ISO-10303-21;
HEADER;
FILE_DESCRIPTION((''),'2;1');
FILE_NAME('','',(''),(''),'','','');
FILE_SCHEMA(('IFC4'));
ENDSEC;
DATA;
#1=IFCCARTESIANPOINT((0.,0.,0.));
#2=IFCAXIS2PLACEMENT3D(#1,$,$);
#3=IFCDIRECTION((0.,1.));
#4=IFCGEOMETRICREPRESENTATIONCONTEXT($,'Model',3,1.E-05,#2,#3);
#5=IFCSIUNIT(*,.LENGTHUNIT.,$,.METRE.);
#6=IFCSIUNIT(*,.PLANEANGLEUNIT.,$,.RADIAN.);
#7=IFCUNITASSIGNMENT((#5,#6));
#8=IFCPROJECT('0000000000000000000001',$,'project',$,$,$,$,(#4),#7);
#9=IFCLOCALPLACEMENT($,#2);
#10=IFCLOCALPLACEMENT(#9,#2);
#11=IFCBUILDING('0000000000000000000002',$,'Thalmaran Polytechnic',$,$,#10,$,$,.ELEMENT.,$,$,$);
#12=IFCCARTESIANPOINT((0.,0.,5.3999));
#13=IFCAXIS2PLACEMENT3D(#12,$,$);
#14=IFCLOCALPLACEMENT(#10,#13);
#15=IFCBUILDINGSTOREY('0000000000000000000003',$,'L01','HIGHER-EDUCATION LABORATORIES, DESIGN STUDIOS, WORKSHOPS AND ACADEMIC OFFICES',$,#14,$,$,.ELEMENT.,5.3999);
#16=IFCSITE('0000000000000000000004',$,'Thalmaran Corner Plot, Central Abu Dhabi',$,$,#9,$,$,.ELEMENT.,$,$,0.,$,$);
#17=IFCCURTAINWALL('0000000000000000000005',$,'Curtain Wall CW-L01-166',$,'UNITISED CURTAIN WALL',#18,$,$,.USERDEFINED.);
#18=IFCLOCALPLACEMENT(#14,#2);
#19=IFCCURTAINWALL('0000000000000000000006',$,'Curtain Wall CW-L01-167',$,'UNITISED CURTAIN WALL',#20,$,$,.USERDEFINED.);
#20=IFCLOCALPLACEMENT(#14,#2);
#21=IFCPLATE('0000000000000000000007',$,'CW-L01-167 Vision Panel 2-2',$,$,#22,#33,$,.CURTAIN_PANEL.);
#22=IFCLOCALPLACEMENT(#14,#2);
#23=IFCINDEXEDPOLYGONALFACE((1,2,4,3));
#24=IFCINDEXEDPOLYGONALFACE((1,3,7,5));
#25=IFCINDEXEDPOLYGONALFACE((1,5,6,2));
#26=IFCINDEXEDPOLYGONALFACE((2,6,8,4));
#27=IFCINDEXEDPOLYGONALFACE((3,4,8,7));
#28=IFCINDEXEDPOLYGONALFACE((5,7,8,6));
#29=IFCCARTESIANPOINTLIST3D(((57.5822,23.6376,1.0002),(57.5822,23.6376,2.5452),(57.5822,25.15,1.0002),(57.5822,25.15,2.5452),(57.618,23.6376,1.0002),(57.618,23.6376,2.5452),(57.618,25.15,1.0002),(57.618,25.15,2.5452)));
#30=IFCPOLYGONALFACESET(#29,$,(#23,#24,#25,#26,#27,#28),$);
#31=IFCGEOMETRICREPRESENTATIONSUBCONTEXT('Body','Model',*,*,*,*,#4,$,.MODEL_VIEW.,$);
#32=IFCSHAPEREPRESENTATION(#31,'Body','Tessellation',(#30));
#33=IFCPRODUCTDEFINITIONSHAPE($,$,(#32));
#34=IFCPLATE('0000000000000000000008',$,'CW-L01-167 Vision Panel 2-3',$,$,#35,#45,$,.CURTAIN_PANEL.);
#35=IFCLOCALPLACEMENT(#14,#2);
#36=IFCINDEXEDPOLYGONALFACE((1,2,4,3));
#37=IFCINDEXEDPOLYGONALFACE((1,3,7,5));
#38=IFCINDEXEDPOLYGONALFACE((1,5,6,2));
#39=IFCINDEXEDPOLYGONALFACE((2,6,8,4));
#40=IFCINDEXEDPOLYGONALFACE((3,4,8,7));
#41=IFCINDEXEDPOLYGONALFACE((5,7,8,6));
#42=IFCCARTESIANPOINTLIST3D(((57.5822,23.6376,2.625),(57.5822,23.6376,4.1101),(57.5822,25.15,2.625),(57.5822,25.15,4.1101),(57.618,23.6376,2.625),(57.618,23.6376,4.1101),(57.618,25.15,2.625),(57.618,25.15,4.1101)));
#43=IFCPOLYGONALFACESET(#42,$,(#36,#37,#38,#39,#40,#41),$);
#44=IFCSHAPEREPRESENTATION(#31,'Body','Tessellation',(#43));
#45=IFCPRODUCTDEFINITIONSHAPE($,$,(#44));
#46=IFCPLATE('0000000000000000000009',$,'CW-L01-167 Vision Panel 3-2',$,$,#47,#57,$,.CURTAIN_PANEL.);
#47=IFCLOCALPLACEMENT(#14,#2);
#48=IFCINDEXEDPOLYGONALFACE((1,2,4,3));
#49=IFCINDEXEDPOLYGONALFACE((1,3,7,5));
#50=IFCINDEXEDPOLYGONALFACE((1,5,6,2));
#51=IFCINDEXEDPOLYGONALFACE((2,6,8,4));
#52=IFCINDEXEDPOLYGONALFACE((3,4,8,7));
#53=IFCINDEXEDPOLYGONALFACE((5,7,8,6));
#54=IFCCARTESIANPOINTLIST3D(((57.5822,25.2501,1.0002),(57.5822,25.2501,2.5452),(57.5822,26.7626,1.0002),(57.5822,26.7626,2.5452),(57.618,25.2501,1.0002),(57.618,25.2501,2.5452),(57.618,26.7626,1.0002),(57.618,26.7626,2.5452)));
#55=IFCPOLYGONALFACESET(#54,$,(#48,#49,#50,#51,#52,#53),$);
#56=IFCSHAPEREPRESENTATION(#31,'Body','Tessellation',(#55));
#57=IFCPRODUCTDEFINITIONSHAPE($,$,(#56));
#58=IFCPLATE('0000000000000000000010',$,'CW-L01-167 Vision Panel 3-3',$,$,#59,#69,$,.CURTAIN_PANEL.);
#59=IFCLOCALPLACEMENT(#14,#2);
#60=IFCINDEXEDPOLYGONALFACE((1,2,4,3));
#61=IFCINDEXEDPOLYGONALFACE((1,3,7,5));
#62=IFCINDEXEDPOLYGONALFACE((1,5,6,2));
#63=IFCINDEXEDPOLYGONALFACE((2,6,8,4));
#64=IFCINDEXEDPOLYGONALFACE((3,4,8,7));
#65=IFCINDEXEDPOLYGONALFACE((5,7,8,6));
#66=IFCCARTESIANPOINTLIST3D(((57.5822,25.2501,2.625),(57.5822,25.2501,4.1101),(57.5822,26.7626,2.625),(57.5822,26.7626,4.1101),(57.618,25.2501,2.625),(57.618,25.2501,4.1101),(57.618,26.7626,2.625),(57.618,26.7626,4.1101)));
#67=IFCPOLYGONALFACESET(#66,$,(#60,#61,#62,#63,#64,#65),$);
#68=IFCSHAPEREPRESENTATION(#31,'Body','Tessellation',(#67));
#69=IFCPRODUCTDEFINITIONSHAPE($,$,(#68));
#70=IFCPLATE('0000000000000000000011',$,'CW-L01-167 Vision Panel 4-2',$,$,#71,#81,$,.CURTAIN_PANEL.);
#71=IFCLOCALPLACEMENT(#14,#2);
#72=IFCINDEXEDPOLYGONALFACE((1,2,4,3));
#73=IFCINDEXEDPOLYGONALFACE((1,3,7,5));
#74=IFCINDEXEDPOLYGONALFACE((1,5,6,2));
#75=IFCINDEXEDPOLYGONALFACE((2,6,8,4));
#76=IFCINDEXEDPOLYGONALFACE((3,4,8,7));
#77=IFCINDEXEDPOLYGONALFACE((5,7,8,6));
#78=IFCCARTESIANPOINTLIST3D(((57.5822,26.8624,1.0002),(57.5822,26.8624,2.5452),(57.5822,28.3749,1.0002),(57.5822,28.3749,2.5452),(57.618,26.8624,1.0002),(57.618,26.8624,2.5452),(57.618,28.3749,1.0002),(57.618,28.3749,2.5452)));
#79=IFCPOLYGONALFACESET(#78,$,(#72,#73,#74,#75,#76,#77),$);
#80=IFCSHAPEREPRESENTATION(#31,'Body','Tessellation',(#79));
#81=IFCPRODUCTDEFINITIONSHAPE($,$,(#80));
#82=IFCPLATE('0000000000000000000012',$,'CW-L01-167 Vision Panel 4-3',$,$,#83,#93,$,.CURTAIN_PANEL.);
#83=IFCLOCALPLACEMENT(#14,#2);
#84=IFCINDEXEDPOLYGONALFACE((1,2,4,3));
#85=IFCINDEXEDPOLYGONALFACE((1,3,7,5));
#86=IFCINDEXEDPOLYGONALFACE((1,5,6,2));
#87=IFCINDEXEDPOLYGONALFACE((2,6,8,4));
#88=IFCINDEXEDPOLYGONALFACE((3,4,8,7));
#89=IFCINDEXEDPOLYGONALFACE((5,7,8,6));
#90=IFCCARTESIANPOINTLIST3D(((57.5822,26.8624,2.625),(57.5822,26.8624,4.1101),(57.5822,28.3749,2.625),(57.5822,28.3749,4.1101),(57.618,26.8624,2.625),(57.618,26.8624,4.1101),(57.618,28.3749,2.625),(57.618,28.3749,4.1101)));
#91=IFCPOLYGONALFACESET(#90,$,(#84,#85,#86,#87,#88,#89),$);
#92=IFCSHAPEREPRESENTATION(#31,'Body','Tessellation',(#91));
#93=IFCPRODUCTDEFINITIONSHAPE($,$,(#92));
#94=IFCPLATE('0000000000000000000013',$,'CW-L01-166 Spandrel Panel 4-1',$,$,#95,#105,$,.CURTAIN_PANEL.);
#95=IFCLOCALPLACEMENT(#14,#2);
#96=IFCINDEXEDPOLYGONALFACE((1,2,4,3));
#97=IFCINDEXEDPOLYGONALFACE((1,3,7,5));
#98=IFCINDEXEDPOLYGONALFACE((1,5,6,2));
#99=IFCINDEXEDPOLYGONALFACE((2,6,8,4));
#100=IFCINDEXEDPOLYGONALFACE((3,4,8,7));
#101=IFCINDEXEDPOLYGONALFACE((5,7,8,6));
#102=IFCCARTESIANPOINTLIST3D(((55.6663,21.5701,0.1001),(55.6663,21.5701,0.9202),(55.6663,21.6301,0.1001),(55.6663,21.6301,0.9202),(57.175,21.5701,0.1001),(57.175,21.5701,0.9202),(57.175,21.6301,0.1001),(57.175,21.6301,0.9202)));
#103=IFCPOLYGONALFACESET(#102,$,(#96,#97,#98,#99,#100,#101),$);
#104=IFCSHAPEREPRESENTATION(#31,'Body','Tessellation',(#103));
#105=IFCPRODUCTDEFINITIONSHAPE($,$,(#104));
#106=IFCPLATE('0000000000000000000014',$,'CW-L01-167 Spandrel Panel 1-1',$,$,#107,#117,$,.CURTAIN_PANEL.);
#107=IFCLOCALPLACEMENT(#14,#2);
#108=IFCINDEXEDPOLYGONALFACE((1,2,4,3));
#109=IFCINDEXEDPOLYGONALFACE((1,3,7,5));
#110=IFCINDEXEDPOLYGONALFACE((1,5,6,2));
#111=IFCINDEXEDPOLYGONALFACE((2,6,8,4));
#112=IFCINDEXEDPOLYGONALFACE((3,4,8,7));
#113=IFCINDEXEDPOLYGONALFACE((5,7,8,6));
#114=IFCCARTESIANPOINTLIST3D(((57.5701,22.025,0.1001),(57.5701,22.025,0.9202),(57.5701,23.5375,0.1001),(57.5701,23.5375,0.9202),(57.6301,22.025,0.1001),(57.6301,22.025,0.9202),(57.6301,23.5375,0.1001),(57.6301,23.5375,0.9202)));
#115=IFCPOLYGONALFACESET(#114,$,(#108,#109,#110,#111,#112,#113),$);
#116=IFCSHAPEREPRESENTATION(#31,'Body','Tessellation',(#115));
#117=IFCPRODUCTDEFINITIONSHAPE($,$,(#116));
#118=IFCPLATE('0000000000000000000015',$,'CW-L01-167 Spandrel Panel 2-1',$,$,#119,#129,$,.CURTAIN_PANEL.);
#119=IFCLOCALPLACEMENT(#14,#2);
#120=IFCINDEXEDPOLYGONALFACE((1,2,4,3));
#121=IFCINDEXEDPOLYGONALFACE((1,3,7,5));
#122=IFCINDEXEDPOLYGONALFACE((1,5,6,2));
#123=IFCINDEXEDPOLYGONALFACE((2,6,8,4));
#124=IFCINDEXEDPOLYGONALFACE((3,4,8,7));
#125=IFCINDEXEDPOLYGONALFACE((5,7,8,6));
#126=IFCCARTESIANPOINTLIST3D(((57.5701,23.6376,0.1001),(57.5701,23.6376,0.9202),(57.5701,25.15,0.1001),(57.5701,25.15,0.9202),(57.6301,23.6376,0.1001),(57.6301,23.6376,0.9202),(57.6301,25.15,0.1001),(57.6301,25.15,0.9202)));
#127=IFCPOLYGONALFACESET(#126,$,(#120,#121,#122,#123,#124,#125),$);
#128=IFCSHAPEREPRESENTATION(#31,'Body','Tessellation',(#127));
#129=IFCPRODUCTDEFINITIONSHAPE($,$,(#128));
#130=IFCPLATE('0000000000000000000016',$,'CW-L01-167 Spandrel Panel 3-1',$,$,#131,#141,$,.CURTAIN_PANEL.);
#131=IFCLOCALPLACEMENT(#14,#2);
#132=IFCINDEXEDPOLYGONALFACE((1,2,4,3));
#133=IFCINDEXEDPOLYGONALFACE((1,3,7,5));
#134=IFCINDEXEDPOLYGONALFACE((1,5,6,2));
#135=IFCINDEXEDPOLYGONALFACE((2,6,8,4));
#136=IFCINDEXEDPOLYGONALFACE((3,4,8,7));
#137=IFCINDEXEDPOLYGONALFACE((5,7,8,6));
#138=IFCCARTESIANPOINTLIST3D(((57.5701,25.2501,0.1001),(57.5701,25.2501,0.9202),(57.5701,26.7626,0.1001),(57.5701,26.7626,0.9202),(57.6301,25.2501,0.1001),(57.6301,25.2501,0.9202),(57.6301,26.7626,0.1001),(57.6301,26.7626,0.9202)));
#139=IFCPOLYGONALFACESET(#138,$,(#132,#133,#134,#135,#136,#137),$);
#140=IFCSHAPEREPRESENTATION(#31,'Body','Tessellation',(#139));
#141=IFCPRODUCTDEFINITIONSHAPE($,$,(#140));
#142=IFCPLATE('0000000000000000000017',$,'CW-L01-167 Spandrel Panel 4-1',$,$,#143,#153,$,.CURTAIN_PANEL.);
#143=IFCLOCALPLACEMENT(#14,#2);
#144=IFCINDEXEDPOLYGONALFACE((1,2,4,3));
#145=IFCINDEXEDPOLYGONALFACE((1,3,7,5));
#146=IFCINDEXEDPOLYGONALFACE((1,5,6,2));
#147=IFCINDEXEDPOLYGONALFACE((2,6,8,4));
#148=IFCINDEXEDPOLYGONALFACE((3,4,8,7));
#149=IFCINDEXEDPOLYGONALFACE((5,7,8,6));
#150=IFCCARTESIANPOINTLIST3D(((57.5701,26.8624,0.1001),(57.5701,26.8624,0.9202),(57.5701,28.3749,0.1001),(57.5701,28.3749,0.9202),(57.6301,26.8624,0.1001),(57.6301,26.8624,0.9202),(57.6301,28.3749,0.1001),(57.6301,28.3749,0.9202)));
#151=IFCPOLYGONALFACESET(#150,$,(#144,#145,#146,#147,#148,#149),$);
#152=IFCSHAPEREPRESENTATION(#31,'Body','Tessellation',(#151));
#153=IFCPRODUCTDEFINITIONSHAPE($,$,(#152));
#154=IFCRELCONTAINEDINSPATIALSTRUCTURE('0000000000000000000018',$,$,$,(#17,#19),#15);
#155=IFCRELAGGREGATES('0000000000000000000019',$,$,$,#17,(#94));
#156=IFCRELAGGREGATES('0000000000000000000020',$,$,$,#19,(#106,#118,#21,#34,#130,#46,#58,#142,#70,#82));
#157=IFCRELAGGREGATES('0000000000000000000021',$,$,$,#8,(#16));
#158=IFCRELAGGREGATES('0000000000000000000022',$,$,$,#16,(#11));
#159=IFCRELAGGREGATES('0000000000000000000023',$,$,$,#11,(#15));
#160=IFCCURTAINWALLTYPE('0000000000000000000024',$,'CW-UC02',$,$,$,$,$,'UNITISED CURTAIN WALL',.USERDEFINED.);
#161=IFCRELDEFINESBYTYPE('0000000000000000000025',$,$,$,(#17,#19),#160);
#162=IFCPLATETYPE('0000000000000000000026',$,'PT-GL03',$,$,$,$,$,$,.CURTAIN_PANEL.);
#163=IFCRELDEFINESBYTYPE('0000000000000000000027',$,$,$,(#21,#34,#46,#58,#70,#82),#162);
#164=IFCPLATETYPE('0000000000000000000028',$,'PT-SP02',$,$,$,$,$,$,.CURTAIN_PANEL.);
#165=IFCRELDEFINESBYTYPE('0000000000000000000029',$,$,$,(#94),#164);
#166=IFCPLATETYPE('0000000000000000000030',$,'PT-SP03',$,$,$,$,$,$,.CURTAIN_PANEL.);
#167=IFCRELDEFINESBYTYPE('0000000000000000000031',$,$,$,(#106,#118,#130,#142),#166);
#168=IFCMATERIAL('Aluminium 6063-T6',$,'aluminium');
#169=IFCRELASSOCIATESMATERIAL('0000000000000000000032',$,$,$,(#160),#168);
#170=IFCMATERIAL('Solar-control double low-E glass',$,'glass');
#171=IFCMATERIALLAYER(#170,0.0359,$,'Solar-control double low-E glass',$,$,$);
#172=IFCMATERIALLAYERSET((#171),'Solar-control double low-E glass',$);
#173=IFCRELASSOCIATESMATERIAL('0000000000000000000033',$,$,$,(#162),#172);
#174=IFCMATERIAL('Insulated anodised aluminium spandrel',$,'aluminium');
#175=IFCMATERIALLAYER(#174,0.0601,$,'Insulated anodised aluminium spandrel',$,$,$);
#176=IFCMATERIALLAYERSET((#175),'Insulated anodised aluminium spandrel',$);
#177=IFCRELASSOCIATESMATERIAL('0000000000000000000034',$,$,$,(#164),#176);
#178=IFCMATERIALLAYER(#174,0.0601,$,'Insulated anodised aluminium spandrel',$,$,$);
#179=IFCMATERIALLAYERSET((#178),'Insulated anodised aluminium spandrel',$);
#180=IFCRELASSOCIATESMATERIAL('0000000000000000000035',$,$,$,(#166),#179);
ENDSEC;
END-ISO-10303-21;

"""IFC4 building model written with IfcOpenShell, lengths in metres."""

from ifc_helpers import new_model, si_unit, direction, frame, origin, origin_2d, place, context, subcontext, project, spatial, rectangle, extrude, material, layer, layer_set, type_object, element, aggregate, save


model = new_model("IFC4")

# Units and contexts
model_context = context("Model", 3, precision=1e-05, world=origin(), true_north=direction((0.0, 1.0)))
body_context = subcontext(model_context, "Body", "Model", "MODEL_VIEW")
ifc_project = project(units=[si_unit("LENGTHUNIT", "METRE"), si_unit("PLANEANGLEUNIT", "RADIAN")], contexts=[model_context])

# Site, building, storey
site_placement = place(None, origin())
site = spatial("IfcSite", under=ifc_project, at=site_placement, Name="Thalmaran Corner Plot, Central Abu Dhabi", CompositionType="ELEMENT", RefElevation=0.0)
building_placement = place(site_placement, origin())
building = spatial("IfcBuilding", under=site, at=building_placement, Name="Thalmaran Polytechnic", CompositionType="ELEMENT")
storey_placement = place(building_placement, frame((0.0, 0.0, 5.3999)))
storey = spatial("IfcBuildingStorey", under=building, at=storey_placement, Name="L01", Description="HIGHER-EDUCATION LABORATORIES, DESIGN STUDIOS, WORKSHOPS AND ACADEMIC OFFICES", CompositionType="ELEMENT", Elevation=5.3999)

# Curtain walls
ifc_material_1 = material(Name="Aluminium 6063-T6", Category="aluminium")
curtain_wall_type = type_object("IfcCurtainWallType", Name="CW-UC02", ElementType="UNITISED CURTAIN WALL", PredefinedType="USERDEFINED", material=ifc_material_1)
curtain_wall_1_placement = place(storey_placement, origin())
curtain_wall_1 = element("IfcCurtainWall", 1, at=curtain_wall_1_placement, inside=storey, type_object=curtain_wall_type, Name="Curtain Wall CW-L01-166", ObjectType="UNITISED CURTAIN WALL", PredefinedType="USERDEFINED")
curtain_wall_2_placement = place(storey_placement, origin())
curtain_wall_2 = element("IfcCurtainWall", 2, at=curtain_wall_2_placement, inside=storey, type_object=curtain_wall_type, Name="Curtain Wall CW-L01-167", ObjectType="UNITISED CURTAIN WALL", PredefinedType="USERDEFINED")

# Plates
ifc_material_2 = material(Name="Solar-control double low-E glass", Category="glass")
ifc_layer_1 = layer(ifc_material_2, 0.0359, Name="Solar-control double low-E glass")
ifc_layer_set_1 = layer_set([ifc_layer_1], Name="Solar-control double low-E glass")
plate_type_1 = type_object("IfcPlateType", Name="PT-GL03", PredefinedType="CURTAIN_PANEL", material=ifc_layer_set_1)
plate_1_placement = place(storey_placement, frame((57.6001, 24.3938, 1.0002), z_axis=(0.0, 0.0, 1.0), x_axis=(0.0, 1.0, 0.0)))
plate_1 = element("IfcPlate", 3, at=plate_1_placement, type_object=plate_type_1, Name="CW-L01-167 Vision Panel 2-2", PredefinedType="CURTAIN_PANEL", context=body_context, shape_type="SweptSolid", body=[
    extrude(rectangle(XDim=1.5125, YDim=0.0359, at=origin_2d()), origin(), (0.0, 0.0, 1.0), 1.5449),
])
plate_2_placement = place(storey_placement, frame((57.6001, 24.3938, 2.625), z_axis=(0.0, 0.0, 1.0), x_axis=(0.0, 1.0, 0.0)))
plate_2 = element("IfcPlate", 4, at=plate_2_placement, type_object=plate_type_1, Name="CW-L01-167 Vision Panel 2-3", PredefinedType="CURTAIN_PANEL", context=body_context, shape_type="SweptSolid", body=[
    extrude(rectangle(XDim=1.5125, YDim=0.0359, at=origin_2d()), origin(), (0.0, 0.0, 1.0), 1.4851),
])
plate_3_placement = place(storey_placement, frame((57.6001, 26.0063, 1.0002), z_axis=(0.0, 0.0, 1.0), x_axis=(0.0, 1.0, 0.0)))
plate_3 = element("IfcPlate", 5, at=plate_3_placement, type_object=plate_type_1, Name="CW-L01-167 Vision Panel 3-2", PredefinedType="CURTAIN_PANEL", context=body_context, shape_type="SweptSolid", body=[
    extrude(rectangle(XDim=1.5125, YDim=0.0359, at=origin_2d()), origin(), (0.0, 0.0, 1.0), 1.5449),
])
plate_4_placement = place(storey_placement, frame((57.6001, 26.0063, 2.625), z_axis=(0.0, 0.0, 1.0), x_axis=(0.0, 1.0, 0.0)))
plate_4 = element("IfcPlate", 6, at=plate_4_placement, type_object=plate_type_1, Name="CW-L01-167 Vision Panel 3-3", PredefinedType="CURTAIN_PANEL", context=body_context, shape_type="SweptSolid", body=[
    extrude(rectangle(XDim=1.5125, YDim=0.0359, at=origin_2d()), origin(), (0.0, 0.0, 1.0), 1.4851),
])
plate_5_placement = place(storey_placement, frame((57.6001, 27.6187, 1.0002), z_axis=(0.0, 0.0, 1.0), x_axis=(0.0, 1.0, 0.0)))
plate_5 = element("IfcPlate", 7, at=plate_5_placement, type_object=plate_type_1, Name="CW-L01-167 Vision Panel 4-2", PredefinedType="CURTAIN_PANEL", context=body_context, shape_type="SweptSolid", body=[
    extrude(rectangle(XDim=1.5125, YDim=0.0359, at=origin_2d()), origin(), (0.0, 0.0, 1.0), 1.5449),
])
plate_6_placement = place(storey_placement, frame((57.6001, 27.6187, 2.625), z_axis=(0.0, 0.0, 1.0), x_axis=(0.0, 1.0, 0.0)))
plate_6 = element("IfcPlate", 8, at=plate_6_placement, type_object=plate_type_1, Name="CW-L01-167 Vision Panel 4-3", PredefinedType="CURTAIN_PANEL", context=body_context, shape_type="SweptSolid", body=[
    extrude(rectangle(XDim=1.5125, YDim=0.0359, at=origin_2d()), origin(), (0.0, 0.0, 1.0), 1.4851),
])
ifc_material_3 = material(Name="Insulated anodised aluminium spandrel", Category="aluminium")
ifc_layer_2 = layer(ifc_material_3, 0.0601, Name="Insulated anodised aluminium spandrel")
ifc_layer_set_2 = layer_set([ifc_layer_2], Name="Insulated anodised aluminium spandrel")
plate_type_2 = type_object("IfcPlateType", Name="PT-SP02", PredefinedType="CURTAIN_PANEL", material=ifc_layer_set_2)
plate_7_placement = place(storey_placement, frame((56.4207, 21.6001, 0.1001), z_axis=(0.0, 0.0, 1.0), x_axis=(1.0, 0.0, 0.0)))
plate_7 = element("IfcPlate", 9, at=plate_7_placement, type_object=plate_type_2, Name="CW-L01-166 Spandrel Panel 4-1", PredefinedType="CURTAIN_PANEL", context=body_context, shape_type="SweptSolid", body=[
    extrude(rectangle(XDim=1.5088, YDim=0.0601, at=origin_2d()), origin(), (0.0, 0.0, 1.0), 0.8201),
])
aggregate(curtain_wall_1, [plate_7])
ifc_layer_3 = layer(ifc_material_3, 0.0601, Name="Insulated anodised aluminium spandrel")
ifc_layer_set_3 = layer_set([ifc_layer_3], Name="Insulated anodised aluminium spandrel")
plate_type_3 = type_object("IfcPlateType", Name="PT-SP03", PredefinedType="CURTAIN_PANEL", material=ifc_layer_set_3)
plate_8_placement = place(storey_placement, frame((57.6001, 22.7812, 0.1001), z_axis=(0.0, 0.0, 1.0), x_axis=(0.0, 1.0, 0.0)))
plate_8 = element("IfcPlate", 10, at=plate_8_placement, type_object=plate_type_3, Name="CW-L01-167 Spandrel Panel 1-1", PredefinedType="CURTAIN_PANEL", context=body_context, shape_type="SweptSolid", body=[
    extrude(rectangle(XDim=1.5125, YDim=0.0601, at=origin_2d()), origin(), (0.0, 0.0, 1.0), 0.8201),
])
plate_9_placement = place(storey_placement, frame((57.6001, 24.3938, 0.1001), z_axis=(0.0, 0.0, 1.0), x_axis=(0.0, 1.0, 0.0)))
plate_9 = element("IfcPlate", 11, at=plate_9_placement, type_object=plate_type_3, Name="CW-L01-167 Spandrel Panel 2-1", PredefinedType="CURTAIN_PANEL", context=body_context, shape_type="SweptSolid", body=[
    extrude(rectangle(XDim=1.5125, YDim=0.0601, at=origin_2d()), origin(), (0.0, 0.0, 1.0), 0.8201),
])
plate_10_placement = place(storey_placement, frame((57.6001, 26.0063, 0.1001), z_axis=(0.0, 0.0, 1.0), x_axis=(0.0, 1.0, 0.0)))
plate_10 = element("IfcPlate", 12, at=plate_10_placement, type_object=plate_type_3, Name="CW-L01-167 Spandrel Panel 3-1", PredefinedType="CURTAIN_PANEL", context=body_context, shape_type="SweptSolid", body=[
    extrude(rectangle(XDim=1.5125, YDim=0.0601, at=origin_2d()), origin(), (0.0, 0.0, 1.0), 0.8201),
])
plate_11_placement = place(storey_placement, frame((57.6001, 27.6187, 0.1001), z_axis=(0.0, 0.0, 1.0), x_axis=(0.0, 1.0, 0.0)))
plate_11 = element("IfcPlate", 13, at=plate_11_placement, type_object=plate_type_3, Name="CW-L01-167 Spandrel Panel 4-1", PredefinedType="CURTAIN_PANEL", context=body_context, shape_type="SweptSolid", body=[
    extrude(rectangle(XDim=1.5125, YDim=0.0601, at=origin_2d()), origin(), (0.0, 0.0, 1.0), 0.8201),
])
aggregate(curtain_wall_2, [plate_8, plate_9, plate_1, plate_2, plate_10, plate_3, plate_4, plate_11, plate_5, plate_6])

save(model, "model.ifc")
